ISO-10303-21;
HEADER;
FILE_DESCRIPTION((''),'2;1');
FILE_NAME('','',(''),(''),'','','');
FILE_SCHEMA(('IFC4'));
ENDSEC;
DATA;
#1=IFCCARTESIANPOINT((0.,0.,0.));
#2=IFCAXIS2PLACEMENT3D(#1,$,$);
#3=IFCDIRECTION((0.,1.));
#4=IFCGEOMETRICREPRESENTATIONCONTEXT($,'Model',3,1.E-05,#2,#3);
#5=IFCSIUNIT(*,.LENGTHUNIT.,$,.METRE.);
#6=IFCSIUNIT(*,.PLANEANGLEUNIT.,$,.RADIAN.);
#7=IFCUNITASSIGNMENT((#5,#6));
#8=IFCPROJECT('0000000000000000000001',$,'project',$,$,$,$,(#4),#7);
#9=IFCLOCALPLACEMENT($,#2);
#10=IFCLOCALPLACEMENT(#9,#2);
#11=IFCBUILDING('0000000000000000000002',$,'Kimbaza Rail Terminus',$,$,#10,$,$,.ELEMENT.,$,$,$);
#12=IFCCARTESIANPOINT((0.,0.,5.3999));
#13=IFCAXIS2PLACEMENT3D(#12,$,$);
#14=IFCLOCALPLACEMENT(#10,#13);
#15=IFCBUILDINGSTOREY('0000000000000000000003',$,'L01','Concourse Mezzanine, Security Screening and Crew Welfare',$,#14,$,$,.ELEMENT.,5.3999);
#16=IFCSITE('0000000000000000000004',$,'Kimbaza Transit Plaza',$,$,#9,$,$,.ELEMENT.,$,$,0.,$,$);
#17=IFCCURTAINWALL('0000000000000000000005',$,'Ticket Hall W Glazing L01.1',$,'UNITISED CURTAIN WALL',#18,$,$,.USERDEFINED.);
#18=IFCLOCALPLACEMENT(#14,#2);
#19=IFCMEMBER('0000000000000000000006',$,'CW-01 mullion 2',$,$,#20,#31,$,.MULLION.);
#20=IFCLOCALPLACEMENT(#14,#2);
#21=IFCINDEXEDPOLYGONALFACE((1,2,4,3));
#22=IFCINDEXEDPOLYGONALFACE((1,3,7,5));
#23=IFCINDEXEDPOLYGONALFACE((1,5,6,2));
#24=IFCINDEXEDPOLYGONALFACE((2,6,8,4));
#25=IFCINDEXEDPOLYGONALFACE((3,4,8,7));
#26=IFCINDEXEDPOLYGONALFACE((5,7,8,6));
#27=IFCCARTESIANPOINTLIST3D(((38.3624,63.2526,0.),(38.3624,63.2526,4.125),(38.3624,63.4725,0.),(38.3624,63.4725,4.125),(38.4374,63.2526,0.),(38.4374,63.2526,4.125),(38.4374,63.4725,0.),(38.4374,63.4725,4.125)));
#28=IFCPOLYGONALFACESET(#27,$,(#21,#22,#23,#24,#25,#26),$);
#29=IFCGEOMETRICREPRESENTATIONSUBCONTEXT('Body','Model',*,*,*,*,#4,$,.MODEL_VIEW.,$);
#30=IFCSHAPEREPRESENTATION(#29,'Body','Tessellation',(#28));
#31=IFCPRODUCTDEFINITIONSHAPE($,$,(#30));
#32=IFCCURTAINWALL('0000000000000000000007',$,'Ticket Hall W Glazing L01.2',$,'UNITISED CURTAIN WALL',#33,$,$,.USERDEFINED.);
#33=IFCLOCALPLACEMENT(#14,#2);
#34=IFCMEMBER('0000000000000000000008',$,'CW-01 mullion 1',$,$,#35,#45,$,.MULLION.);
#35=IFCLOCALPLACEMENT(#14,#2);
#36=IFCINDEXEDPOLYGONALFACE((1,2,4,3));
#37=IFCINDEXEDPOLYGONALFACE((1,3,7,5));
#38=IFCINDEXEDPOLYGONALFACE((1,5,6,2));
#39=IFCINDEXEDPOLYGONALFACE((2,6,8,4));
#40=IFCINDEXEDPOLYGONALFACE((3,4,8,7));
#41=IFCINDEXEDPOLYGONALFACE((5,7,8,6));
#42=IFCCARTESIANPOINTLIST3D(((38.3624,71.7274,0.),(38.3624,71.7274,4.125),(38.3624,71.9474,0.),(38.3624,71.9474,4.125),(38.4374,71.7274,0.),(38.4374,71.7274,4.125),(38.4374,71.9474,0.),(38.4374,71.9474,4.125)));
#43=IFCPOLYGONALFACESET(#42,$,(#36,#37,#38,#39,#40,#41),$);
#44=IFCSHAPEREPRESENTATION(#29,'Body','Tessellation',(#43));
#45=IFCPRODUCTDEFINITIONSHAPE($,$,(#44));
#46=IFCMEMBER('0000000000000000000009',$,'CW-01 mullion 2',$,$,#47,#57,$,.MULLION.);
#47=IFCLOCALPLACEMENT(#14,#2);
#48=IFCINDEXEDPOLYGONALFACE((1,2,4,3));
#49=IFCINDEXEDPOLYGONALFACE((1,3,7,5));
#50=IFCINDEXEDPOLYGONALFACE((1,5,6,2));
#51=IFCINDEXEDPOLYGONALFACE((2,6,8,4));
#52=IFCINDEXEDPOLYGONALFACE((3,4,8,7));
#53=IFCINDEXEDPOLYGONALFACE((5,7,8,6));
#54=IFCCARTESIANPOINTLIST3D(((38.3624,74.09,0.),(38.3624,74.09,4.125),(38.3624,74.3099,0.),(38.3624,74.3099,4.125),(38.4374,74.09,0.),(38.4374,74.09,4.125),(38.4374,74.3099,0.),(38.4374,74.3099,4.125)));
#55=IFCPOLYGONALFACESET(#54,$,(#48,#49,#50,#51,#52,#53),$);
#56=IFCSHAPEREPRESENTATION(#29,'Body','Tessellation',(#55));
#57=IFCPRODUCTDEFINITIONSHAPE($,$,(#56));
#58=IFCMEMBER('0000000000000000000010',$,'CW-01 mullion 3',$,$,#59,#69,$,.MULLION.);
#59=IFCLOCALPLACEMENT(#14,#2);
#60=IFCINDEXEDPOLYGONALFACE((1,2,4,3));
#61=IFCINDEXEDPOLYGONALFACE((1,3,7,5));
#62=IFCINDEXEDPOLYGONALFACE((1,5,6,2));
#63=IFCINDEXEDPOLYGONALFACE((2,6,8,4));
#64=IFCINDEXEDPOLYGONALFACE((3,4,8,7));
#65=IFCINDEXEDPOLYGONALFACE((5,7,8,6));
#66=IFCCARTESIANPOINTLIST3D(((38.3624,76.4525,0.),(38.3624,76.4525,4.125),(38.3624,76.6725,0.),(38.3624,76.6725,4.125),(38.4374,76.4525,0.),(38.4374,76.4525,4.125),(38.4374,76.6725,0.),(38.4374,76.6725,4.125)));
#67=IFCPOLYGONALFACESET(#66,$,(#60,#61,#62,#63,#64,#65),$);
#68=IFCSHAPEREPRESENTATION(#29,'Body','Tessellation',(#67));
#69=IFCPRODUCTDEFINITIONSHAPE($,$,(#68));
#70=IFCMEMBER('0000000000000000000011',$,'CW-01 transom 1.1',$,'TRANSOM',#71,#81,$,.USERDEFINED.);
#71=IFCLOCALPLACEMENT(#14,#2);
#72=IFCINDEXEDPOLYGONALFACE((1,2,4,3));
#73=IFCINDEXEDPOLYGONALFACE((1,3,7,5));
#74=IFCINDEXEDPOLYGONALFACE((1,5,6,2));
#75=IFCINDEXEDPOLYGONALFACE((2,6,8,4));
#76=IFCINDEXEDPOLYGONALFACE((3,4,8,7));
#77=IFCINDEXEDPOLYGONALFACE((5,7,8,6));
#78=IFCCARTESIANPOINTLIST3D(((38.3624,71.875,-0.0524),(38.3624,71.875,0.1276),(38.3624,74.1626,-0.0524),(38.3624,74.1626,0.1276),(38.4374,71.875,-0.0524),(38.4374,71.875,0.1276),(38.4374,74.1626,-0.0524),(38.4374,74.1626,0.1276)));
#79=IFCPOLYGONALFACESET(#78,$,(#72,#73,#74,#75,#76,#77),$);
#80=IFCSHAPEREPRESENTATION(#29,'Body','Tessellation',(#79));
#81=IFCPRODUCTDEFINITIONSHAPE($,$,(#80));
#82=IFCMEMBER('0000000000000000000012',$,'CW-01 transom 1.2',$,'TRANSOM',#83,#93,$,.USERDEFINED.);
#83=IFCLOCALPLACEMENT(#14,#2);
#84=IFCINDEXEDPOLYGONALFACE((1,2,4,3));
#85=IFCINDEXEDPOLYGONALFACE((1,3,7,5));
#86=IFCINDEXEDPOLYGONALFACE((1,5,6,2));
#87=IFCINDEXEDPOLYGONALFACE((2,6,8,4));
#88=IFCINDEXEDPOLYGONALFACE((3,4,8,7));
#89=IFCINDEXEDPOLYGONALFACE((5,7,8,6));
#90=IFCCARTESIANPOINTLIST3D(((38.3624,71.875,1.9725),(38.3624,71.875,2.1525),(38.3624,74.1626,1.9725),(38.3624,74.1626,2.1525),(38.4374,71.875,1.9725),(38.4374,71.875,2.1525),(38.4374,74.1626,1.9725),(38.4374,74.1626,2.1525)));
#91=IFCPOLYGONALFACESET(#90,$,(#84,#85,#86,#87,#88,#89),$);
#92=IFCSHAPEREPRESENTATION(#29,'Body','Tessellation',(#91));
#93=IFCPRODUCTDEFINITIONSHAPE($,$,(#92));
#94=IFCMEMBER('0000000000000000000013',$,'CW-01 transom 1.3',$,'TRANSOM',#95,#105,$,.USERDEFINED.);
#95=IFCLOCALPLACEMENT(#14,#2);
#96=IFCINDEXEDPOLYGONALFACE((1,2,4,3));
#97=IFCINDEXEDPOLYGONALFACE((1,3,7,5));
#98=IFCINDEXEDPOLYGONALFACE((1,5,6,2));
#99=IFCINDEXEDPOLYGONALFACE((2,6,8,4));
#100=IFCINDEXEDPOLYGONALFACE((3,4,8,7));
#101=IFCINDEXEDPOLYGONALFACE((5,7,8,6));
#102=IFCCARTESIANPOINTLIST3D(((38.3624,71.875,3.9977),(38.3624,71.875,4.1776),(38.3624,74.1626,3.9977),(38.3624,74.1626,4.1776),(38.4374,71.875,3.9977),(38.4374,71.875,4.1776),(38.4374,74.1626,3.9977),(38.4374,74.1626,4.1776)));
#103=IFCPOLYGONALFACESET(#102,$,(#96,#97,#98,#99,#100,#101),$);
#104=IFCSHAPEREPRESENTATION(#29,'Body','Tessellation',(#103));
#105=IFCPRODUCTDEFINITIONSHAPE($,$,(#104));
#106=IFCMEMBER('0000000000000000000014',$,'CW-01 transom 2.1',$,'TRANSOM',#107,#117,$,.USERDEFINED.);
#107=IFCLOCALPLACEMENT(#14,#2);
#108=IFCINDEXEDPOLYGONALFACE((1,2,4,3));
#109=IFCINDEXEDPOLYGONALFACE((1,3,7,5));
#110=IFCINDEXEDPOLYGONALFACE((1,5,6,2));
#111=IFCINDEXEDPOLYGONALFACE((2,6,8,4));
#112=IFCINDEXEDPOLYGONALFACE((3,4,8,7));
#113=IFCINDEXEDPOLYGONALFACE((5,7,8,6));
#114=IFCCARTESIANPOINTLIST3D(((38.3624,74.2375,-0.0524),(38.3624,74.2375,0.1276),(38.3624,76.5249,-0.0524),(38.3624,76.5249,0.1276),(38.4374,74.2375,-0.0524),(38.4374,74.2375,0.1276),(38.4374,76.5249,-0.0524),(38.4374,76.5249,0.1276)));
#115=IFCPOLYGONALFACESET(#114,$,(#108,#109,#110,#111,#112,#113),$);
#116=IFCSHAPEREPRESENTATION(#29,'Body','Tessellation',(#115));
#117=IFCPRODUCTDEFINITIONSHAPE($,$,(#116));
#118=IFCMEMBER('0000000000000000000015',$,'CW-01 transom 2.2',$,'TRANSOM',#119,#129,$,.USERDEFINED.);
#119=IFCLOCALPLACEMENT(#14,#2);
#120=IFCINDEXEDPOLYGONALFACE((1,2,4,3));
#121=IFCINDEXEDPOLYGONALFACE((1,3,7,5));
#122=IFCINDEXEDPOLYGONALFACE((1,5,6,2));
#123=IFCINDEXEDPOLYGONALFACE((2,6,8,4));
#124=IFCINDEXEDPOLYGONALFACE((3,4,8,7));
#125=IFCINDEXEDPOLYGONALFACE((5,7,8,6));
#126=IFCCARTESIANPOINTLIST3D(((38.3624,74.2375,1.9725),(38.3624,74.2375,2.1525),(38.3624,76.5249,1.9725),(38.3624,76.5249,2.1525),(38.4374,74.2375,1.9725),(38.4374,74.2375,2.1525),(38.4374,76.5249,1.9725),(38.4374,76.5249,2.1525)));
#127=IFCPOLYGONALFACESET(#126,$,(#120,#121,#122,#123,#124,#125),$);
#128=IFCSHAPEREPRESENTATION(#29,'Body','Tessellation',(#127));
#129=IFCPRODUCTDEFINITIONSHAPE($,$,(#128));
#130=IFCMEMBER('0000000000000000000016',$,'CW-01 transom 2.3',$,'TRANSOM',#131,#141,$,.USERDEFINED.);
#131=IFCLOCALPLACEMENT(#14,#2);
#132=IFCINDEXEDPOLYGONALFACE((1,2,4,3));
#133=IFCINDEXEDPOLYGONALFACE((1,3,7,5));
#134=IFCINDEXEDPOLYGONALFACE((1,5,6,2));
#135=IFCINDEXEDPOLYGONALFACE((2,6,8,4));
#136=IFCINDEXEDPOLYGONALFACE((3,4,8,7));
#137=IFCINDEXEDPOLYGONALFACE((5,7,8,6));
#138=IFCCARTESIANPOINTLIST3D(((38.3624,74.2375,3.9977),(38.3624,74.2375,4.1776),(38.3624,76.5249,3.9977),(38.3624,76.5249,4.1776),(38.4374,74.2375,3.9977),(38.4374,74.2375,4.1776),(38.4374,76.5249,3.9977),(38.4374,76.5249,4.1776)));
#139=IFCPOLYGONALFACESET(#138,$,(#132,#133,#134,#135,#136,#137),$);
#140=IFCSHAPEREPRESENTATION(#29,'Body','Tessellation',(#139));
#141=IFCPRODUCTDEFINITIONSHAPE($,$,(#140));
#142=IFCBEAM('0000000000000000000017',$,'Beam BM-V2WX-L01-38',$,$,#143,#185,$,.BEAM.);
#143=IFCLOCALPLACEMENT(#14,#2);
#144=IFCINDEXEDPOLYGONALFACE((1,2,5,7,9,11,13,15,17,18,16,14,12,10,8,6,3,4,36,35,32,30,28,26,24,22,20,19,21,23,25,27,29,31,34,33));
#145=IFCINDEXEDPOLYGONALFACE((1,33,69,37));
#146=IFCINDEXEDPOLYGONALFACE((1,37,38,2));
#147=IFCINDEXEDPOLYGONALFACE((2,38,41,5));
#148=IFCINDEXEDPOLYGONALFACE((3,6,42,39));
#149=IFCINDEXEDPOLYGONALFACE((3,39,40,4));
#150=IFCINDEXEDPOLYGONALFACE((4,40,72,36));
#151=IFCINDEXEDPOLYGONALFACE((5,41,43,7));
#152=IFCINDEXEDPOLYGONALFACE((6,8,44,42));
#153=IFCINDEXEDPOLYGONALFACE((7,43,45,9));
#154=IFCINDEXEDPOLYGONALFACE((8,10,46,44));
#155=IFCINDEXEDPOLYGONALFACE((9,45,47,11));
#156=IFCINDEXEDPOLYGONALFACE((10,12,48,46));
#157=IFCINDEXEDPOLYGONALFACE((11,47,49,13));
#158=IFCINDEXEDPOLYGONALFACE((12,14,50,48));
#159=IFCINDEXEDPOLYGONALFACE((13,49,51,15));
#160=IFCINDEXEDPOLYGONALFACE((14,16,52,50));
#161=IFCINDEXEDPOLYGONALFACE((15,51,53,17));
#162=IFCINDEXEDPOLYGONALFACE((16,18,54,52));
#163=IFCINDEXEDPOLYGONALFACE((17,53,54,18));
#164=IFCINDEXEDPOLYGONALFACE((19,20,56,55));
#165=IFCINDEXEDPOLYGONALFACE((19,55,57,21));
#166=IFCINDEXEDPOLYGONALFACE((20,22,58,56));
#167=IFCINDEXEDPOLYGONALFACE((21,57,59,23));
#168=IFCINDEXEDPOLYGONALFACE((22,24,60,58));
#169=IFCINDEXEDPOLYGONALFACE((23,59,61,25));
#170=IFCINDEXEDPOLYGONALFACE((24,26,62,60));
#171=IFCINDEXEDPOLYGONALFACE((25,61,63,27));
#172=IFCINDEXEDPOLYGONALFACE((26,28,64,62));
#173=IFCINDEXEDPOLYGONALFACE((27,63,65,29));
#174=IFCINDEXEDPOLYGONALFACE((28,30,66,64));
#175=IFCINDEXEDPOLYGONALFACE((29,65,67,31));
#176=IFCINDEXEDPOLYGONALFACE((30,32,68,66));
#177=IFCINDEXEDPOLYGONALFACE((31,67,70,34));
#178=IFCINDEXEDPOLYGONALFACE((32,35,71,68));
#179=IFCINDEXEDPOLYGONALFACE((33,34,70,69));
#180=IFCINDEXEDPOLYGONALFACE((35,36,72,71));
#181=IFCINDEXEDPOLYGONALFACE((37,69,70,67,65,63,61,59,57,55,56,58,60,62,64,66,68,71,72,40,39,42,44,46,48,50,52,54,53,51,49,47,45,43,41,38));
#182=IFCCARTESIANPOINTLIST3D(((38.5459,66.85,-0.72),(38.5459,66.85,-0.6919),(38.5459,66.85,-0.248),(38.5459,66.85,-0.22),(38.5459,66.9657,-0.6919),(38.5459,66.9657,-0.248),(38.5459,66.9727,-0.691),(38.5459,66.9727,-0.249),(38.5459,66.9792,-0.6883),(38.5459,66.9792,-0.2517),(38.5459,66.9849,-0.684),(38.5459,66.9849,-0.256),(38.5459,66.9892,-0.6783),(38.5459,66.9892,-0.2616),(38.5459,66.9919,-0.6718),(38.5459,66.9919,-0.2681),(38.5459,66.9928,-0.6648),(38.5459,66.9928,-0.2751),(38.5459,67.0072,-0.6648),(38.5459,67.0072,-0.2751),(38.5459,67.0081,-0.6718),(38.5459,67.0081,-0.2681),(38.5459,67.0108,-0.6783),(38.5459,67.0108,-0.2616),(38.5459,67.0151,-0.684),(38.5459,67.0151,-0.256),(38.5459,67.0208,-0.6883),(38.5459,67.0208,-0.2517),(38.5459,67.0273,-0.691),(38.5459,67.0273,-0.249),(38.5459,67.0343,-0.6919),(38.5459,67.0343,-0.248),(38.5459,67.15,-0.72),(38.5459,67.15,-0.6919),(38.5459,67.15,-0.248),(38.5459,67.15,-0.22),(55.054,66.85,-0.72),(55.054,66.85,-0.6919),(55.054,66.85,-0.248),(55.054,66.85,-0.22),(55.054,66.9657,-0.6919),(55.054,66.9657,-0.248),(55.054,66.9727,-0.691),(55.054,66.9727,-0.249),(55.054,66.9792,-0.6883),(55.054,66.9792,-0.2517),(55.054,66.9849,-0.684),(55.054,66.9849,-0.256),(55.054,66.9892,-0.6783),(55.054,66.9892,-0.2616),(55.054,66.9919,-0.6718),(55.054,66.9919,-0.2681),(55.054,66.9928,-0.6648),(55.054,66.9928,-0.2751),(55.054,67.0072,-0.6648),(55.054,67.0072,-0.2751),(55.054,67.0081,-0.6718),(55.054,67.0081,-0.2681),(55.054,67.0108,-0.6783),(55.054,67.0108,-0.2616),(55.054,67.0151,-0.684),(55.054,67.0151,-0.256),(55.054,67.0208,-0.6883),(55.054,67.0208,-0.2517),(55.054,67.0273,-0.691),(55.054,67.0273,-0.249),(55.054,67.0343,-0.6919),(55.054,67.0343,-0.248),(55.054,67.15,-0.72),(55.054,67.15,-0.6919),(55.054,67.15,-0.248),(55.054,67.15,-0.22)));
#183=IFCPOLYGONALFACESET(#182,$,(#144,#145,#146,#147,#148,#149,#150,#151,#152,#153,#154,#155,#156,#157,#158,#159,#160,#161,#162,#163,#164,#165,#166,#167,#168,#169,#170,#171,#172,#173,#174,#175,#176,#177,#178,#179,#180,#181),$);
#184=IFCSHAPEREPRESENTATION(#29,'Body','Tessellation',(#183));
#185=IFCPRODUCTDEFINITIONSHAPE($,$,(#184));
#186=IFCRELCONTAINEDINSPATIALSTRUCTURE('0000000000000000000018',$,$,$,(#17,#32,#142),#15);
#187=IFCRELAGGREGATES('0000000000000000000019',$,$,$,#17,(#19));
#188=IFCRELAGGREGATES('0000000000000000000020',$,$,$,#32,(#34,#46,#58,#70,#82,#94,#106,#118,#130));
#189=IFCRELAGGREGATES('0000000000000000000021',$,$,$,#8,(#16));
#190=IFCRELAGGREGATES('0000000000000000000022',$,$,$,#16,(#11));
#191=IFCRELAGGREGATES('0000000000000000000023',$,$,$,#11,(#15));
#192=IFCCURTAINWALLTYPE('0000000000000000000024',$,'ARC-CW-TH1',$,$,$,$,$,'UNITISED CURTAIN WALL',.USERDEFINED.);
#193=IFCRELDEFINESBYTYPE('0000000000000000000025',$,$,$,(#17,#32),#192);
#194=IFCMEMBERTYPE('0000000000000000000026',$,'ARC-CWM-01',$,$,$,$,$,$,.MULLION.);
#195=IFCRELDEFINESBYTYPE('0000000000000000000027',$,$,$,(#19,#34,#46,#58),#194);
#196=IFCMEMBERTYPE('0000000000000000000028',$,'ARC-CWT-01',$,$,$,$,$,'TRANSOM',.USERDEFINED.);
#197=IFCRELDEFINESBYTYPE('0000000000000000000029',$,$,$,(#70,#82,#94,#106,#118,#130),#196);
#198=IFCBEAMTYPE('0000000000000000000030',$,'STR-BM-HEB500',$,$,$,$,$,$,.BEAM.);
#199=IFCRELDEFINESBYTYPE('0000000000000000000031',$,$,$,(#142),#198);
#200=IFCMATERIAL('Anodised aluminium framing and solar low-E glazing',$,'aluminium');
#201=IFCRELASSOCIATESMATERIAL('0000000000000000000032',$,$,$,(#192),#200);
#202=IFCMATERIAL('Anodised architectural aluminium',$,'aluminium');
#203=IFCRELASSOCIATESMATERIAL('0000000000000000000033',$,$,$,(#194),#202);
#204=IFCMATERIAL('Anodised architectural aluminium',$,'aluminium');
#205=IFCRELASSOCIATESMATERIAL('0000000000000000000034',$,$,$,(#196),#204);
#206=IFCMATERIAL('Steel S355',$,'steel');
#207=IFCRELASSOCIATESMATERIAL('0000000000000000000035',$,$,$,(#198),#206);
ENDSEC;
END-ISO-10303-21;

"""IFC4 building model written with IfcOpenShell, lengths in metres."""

from ifc_helpers import new_model, si_unit, direction, frame, origin, origin_2d, place, context, subcontext, project, spatial, rectangle, i_section, extrude, material, material_profile, profile_set, type_object, element, aggregate, save


model = new_model("IFC4")

# Units and contexts
model_context = context("Model", 3, precision=1e-05, world=origin(), true_north=direction((0.0, 1.0)))
body_context = subcontext(model_context, "Body", "Model", "MODEL_VIEW")
ifc_project = project(units=[si_unit("LENGTHUNIT", "METRE"), si_unit("PLANEANGLEUNIT", "RADIAN")], contexts=[model_context])

# Site, building, storey
site_placement = place(None, origin())
site = spatial("IfcSite", under=ifc_project, at=site_placement, Name="Kimbaza Transit Plaza", CompositionType="ELEMENT", RefElevation=0.0)
building_placement = place(site_placement, origin())
building = spatial("IfcBuilding", under=site, at=building_placement, Name="Kimbaza Rail Terminus", CompositionType="ELEMENT")
storey_placement = place(building_placement, frame((0.0, 0.0, 5.3999)))
storey = spatial("IfcBuildingStorey", under=building, at=storey_placement, Name="L01", Description="Concourse Mezzanine, Security Screening and Crew Welfare", CompositionType="ELEMENT", Elevation=5.3999)

# Curtain wall, member
ifc_material_1 = material(Name="Anodised aluminium framing and solar low-E glazing", Category="aluminium")
curtain_wall_type = type_object("IfcCurtainWallType", Name="ARC-CW-TH1", ElementType="UNITISED CURTAIN WALL", PredefinedType="USERDEFINED", material=ifc_material_1)
curtain_wall_1_placement = place(storey_placement, origin())
curtain_wall_1 = element("IfcCurtainWall", 1, at=curtain_wall_1_placement, inside=storey, type_object=curtain_wall_type, Name="Ticket Hall W Glazing L01.1", ObjectType="UNITISED CURTAIN WALL", PredefinedType="USERDEFINED")
ifc_material_2 = material(Name="Anodised architectural aluminium", Category="aluminium")
ifc_material_profile_1 = material_profile(ifc_material_2, rectangle(XDim=0.075, YDim=0.22, at=origin_2d()), Name="MULLION 75x220")
ifc_profile_set_1 = profile_set([ifc_material_profile_1], Name="Anodised architectural aluminium")
member_type_1 = type_object("IfcMemberType", Name="ARC-CWM-01", PredefinedType="MULLION", material=ifc_profile_set_1)
member_1_placement = place(storey_placement, frame((38.3999, 63.3625, 0.0), z_axis=(0.0, 0.0, 1.0), x_axis=(-1.0, 0.0, 0.0)))
member_1 = element("IfcMember", 2, at=member_1_placement, type_object=member_type_1, Name="CW-01 mullion 2", PredefinedType="MULLION", context=body_context, shape_type="SweptSolid", body=[
    extrude(rectangle(XDim=0.075, YDim=0.22, at=origin_2d()), origin(), (0.0, 0.0, 1.0), 4.125),
])

# Curtain wall, members
curtain_wall_2_placement = place(storey_placement, origin())
curtain_wall_2 = element("IfcCurtainWall", 3, at=curtain_wall_2_placement, inside=storey, type_object=curtain_wall_type, Name="Ticket Hall W Glazing L01.2", ObjectType="UNITISED CURTAIN WALL", PredefinedType="USERDEFINED")
member_2_placement = place(storey_placement, frame((38.3999, 71.8374, 0.0), z_axis=(0.0, 0.0, 1.0), x_axis=(-1.0, 0.0, 0.0)))
member_2 = element("IfcMember", 4, at=member_2_placement, type_object=member_type_1, Name="CW-01 mullion 1", PredefinedType="MULLION", context=body_context, shape_type="SweptSolid", body=[
    extrude(rectangle(XDim=0.075, YDim=0.22, at=origin_2d()), origin(), (0.0, 0.0, 1.0), 4.125),
])
member_3_placement = place(storey_placement, frame((38.3999, 74.2, 0.0), z_axis=(0.0, 0.0, 1.0), x_axis=(-1.0, 0.0, 0.0)))
member_3 = element("IfcMember", 5, at=member_3_placement, type_object=member_type_1, Name="CW-01 mullion 2", PredefinedType="MULLION", context=body_context, shape_type="SweptSolid", body=[
    extrude(rectangle(XDim=0.075, YDim=0.22, at=origin_2d()), origin(), (0.0, 0.0, 1.0), 4.125),
])
member_4_placement = place(storey_placement, frame((38.3999, 76.5625, 0.0), z_axis=(0.0, 0.0, 1.0), x_axis=(-1.0, 0.0, 0.0)))
member_4 = element("IfcMember", 6, at=member_4_placement, type_object=member_type_1, Name="CW-01 mullion 3", PredefinedType="MULLION", context=body_context, shape_type="SweptSolid", body=[
    extrude(rectangle(XDim=0.075, YDim=0.22, at=origin_2d()), origin(), (0.0, 0.0, 1.0), 4.125),
])
ifc_material_3 = material(Name="Anodised architectural aluminium", Category="aluminium")
ifc_material_profile_2 = material_profile(ifc_material_3, rectangle(XDim=0.075, YDim=0.1799, at=origin_2d()), Name="TRANSOM 75x180")
ifc_profile_set_2 = profile_set([ifc_material_profile_2], Name="Anodised architectural aluminium")
member_type_2 = type_object("IfcMemberType", Name="ARC-CWT-01", ElementType="TRANSOM", PredefinedType="USERDEFINED", material=ifc_profile_set_2)
member_5_placement = place(storey_placement, frame((38.3999, 71.875, 0.0376), z_axis=(0.0, 1.0, 0.0), x_axis=(-1.0, 0.0, 0.0)))
member_5 = element("IfcMember", 7, at=member_5_placement, type_object=member_type_2, Name="CW-01 transom 1.1", ObjectType="TRANSOM", PredefinedType="USERDEFINED", context=body_context, shape_type="SweptSolid", body=[
    extrude(rectangle(XDim=0.075, YDim=0.1799, at=origin_2d()), origin(), (0.0, 0.0, 1.0), 2.2876),
])
member_6_placement = place(storey_placement, frame((38.3999, 71.875, 2.0625), z_axis=(0.0, 1.0, 0.0), x_axis=(-1.0, 0.0, 0.0)))
member_6 = element("IfcMember", 8, at=member_6_placement, type_object=member_type_2, Name="CW-01 transom 1.2", ObjectType="TRANSOM", PredefinedType="USERDEFINED", context=body_context, shape_type="SweptSolid", body=[
    extrude(rectangle(XDim=0.075, YDim=0.1799, at=origin_2d()), origin(), (0.0, 0.0, 1.0), 2.2876),
])
member_7_placement = place(storey_placement, frame((38.3999, 71.875, 4.0876), z_axis=(0.0, 1.0, 0.0), x_axis=(-1.0, 0.0, 0.0)))
member_7 = element("IfcMember", 9, at=member_7_placement, type_object=member_type_2, Name="CW-01 transom 1.3", ObjectType="TRANSOM", PredefinedType="USERDEFINED", context=body_context, shape_type="SweptSolid", body=[
    extrude(rectangle(XDim=0.075, YDim=0.1799, at=origin_2d()), origin(), (0.0, 0.0, 1.0), 2.2876),
])
member_8_placement = place(storey_placement, frame((38.3999, 74.2375, 0.0376), z_axis=(0.0, 1.0, 0.0), x_axis=(-1.0, 0.0, 0.0)))
member_8 = element("IfcMember", 10, at=member_8_placement, type_object=member_type_2, Name="CW-01 transom 2.1", ObjectType="TRANSOM", PredefinedType="USERDEFINED", context=body_context, shape_type="SweptSolid", body=[
    extrude(rectangle(XDim=0.075, YDim=0.1799, at=origin_2d()), origin(), (0.0, 0.0, 1.0), 2.2874),
])
member_9_placement = place(storey_placement, frame((38.3999, 74.2375, 2.0625), z_axis=(0.0, 1.0, 0.0), x_axis=(-1.0, 0.0, 0.0)))
member_9 = element("IfcMember", 11, at=member_9_placement, type_object=member_type_2, Name="CW-01 transom 2.2", ObjectType="TRANSOM", PredefinedType="USERDEFINED", context=body_context, shape_type="SweptSolid", body=[
    extrude(rectangle(XDim=0.075, YDim=0.1799, at=origin_2d()), origin(), (0.0, 0.0, 1.0), 2.2874),
])
member_10_placement = place(storey_placement, frame((38.3999, 74.2375, 4.0876), z_axis=(0.0, 1.0, 0.0), x_axis=(-1.0, 0.0, 0.0)))
member_10 = element("IfcMember", 12, at=member_10_placement, type_object=member_type_2, Name="CW-01 transom 2.3", ObjectType="TRANSOM", PredefinedType="USERDEFINED", context=body_context, shape_type="SweptSolid", body=[
    extrude(rectangle(XDim=0.075, YDim=0.1799, at=origin_2d()), origin(), (0.0, 0.0, 1.0), 2.2874),
])

# Beam
ifc_material_4 = material(Name="Steel S355", Category="steel")
ifc_material_profile_3 = material_profile(ifc_material_4, i_section(OverallWidth=0.3, OverallDepth=0.5, WebThickness=0.0144, FlangeThickness=0.0281, FilletRadius=0.0271, at=origin_2d()), Name="HEB 500")
ifc_profile_set_3 = profile_set([ifc_material_profile_3], Name="Steel S355")
beam_type_1 = type_object("IfcBeamType", Name="STR-BM-HEB500", PredefinedType="BEAM", material=ifc_profile_set_3)
beam_1_placement = place(storey_placement, frame((38.5459, 67.0, -0.47), z_axis=(1.0, 0.0, 0.0), x_axis=(0.0, 1.0, 0.0)))
element("IfcBeam", 13, at=beam_1_placement, inside=storey, type_object=beam_type_1, Name="Beam BM-V2WX-L01-38", PredefinedType="BEAM", context=body_context, shape_type="SweptSolid", body=[
    extrude(i_section(OverallWidth=0.3, OverallDepth=0.5, WebThickness=0.0144, FlangeThickness=0.0281, FilletRadius=0.0271, at=origin_2d()), origin(), (0.0, 0.0, 1.0), 16.5081),
])

aggregate(curtain_wall_1, [member_1])
aggregate(curtain_wall_2, [member_2, member_3, member_4, member_5, member_6, member_7, member_8, member_9, member_10])

save(model, "model.ifc")
